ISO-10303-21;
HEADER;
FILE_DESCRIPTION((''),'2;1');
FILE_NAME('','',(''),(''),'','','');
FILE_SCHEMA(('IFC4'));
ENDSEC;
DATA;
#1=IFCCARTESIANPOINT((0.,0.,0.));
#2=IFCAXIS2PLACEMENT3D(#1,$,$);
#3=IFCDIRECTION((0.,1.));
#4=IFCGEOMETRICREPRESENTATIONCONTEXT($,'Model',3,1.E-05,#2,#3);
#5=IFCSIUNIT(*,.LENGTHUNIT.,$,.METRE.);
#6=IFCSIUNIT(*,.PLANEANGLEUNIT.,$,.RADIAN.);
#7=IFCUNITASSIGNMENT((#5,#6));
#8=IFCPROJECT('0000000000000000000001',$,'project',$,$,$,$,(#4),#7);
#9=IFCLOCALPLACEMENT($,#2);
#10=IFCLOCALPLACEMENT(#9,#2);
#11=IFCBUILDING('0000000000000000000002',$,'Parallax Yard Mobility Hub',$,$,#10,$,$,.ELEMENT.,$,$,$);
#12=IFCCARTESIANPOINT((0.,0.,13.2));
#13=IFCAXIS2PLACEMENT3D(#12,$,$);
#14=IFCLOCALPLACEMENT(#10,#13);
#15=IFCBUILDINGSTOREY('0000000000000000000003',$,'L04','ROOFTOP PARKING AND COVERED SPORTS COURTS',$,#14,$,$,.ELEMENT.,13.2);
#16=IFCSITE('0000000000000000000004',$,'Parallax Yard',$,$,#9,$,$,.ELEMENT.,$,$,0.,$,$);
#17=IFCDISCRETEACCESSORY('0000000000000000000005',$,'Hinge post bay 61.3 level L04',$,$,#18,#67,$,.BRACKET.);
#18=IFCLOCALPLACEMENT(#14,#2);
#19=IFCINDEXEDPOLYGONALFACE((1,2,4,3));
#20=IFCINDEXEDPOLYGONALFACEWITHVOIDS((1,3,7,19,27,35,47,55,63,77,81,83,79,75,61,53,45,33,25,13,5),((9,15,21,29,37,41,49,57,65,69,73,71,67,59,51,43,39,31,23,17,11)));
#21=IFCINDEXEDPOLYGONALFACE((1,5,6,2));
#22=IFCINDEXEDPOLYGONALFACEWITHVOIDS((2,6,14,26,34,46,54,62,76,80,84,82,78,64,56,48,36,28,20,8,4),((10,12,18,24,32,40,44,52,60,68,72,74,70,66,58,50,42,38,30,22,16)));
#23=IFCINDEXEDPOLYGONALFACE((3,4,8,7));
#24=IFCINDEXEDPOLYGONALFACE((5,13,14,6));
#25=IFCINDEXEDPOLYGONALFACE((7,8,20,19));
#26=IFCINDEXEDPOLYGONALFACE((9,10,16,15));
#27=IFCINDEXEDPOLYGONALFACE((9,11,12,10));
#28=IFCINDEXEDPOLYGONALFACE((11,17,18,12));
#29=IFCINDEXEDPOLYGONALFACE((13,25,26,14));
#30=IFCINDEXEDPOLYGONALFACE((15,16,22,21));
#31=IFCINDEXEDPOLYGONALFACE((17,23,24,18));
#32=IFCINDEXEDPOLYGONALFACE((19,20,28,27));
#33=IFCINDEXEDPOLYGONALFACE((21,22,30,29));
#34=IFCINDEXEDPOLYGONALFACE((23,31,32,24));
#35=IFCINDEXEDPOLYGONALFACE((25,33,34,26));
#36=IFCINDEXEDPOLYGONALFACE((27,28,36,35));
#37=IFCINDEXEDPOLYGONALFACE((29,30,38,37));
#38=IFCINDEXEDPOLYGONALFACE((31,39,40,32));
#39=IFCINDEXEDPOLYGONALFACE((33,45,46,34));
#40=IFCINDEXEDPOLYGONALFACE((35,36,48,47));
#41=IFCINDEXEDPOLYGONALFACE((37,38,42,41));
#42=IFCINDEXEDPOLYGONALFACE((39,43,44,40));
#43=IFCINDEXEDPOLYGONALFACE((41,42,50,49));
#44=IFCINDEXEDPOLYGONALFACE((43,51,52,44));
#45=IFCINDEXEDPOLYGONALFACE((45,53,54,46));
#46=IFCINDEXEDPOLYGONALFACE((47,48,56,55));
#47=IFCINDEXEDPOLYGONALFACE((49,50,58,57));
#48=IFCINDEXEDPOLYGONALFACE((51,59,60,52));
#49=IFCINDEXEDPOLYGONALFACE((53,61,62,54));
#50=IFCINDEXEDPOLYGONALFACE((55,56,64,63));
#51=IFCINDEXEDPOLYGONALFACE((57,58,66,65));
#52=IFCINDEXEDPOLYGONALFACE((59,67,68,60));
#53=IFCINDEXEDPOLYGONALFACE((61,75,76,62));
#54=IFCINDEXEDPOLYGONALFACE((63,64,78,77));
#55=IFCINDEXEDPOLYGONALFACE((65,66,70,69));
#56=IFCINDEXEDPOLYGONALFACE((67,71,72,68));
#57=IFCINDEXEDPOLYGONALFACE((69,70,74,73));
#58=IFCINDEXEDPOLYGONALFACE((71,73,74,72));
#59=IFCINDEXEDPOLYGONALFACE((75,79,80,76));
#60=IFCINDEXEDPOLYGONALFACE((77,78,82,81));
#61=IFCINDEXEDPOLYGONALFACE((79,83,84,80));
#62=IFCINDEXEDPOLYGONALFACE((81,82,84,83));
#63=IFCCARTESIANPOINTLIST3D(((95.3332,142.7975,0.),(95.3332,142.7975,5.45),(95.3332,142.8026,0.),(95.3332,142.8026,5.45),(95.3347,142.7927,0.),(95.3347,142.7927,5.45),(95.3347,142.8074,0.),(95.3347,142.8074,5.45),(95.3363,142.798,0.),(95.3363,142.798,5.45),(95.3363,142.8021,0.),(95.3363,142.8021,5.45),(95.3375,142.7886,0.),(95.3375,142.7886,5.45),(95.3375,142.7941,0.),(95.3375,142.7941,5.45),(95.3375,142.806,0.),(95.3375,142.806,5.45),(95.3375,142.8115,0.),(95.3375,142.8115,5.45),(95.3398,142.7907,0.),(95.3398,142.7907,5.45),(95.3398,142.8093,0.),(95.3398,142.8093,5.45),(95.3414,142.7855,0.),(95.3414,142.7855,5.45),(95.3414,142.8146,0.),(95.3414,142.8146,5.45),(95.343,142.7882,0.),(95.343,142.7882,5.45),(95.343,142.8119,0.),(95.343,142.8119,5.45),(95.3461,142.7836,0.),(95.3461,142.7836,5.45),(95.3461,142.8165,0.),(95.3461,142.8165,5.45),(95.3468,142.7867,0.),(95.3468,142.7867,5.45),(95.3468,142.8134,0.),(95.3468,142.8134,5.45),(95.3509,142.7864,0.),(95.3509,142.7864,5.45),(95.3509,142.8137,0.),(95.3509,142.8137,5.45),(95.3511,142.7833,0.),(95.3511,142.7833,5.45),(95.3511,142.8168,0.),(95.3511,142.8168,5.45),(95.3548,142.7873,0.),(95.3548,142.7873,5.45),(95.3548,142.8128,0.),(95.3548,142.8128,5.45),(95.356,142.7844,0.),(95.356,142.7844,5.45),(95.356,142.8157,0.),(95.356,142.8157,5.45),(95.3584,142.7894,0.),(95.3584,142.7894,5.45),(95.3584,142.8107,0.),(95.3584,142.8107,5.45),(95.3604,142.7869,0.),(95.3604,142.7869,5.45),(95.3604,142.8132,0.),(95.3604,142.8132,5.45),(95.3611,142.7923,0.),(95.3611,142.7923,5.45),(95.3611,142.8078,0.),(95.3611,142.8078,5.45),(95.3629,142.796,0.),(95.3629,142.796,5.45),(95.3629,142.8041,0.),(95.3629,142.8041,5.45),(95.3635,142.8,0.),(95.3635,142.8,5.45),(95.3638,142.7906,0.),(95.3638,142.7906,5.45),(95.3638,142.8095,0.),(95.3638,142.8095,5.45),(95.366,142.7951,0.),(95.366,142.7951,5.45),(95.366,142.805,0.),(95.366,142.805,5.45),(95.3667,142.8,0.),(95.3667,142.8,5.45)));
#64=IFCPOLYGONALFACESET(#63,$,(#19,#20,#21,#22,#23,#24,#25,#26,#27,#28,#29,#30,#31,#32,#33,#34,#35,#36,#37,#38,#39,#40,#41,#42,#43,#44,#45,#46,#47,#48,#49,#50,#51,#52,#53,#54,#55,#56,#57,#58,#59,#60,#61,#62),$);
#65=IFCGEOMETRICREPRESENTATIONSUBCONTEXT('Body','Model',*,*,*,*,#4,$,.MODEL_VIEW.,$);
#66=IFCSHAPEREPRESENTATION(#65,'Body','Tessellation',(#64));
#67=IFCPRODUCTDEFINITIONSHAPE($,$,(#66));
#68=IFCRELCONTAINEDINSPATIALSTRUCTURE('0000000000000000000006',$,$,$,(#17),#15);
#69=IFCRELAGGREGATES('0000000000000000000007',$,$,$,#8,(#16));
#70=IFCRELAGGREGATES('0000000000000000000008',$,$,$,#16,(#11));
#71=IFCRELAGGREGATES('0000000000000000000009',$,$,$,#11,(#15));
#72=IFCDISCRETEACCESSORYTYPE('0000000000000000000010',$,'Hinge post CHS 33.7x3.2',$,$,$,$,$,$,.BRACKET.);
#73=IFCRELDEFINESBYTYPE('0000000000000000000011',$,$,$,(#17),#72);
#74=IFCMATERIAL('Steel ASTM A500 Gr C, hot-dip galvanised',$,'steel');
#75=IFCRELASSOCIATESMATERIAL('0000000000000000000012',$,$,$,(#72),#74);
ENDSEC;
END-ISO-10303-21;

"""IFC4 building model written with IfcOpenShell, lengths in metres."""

from ifc_helpers import new_model, si_unit, direction, frame, origin, origin_2d, place, context, subcontext, project, spatial, hollow_circle, extrude, material, material_profile, profile_set, type_object, element, save


model = new_model("IFC4")

# Units and contexts
model_context = context("Model", 3, precision=1e-05, world=origin(), true_north=direction((0.0, 1.0)))
body_context = subcontext(model_context, "Body", "Model", "MODEL_VIEW")
ifc_project = project(units=[si_unit("LENGTHUNIT", "METRE"), si_unit("PLANEANGLEUNIT", "RADIAN")], contexts=[model_context])

# Site, building, storey
site_placement = place(None, origin())
site = spatial("IfcSite", under=ifc_project, at=site_placement, Name="Parallax Yard", CompositionType="ELEMENT", RefElevation=0.0)
building_placement = place(site_placement, origin())
building = spatial("IfcBuilding", under=site, at=building_placement, Name="Parallax Yard Mobility Hub", CompositionType="ELEMENT")
storey_placement = place(building_placement, frame((0.0, 0.0, 13.2)))
storey = spatial("IfcBuildingStorey", under=building, at=storey_placement, Name="L04", Description="ROOFTOP PARKING AND COVERED SPORTS COURTS", CompositionType="ELEMENT", Elevation=13.2)

# Discrete accessory
ifc_material_1 = material(Name="Steel ASTM A500 Gr C, hot-dip galvanised", Category="steel")
ifc_material_profile = material_profile(ifc_material_1, hollow_circle(Radius=0.0168, WallThickness=0.0032, at=origin_2d()), Name="CHS 33.7x3.2")
ifc_profile_set = profile_set([ifc_material_profile], Name="Steel ASTM A500 Gr C, hot-dip galvanised")
discrete_accessory_type = type_object("IfcDiscreteAccessoryType", Name="Hinge post CHS 33.7x3.2", PredefinedType="BRACKET", material=ifc_profile_set)
for number, where, z_axis, x_axis, name in (
    (1, (95.3499, 142.8, 0.0), (0.0, 0.0, 1.0), (1.0, 0.0, 0.0), "Hinge post bay 61.3 level L04"),
):
    element("IfcDiscreteAccessory", number, at=place(storey_placement, frame(where, z_axis=z_axis, x_axis=x_axis)), inside=storey, type_object=discrete_accessory_type, Name=name, PredefinedType="BRACKET", context=body_context, shape_type="SweptSolid", body=[
        extrude(hollow_circle(Radius=0.0168, WallThickness=0.0032, at=origin_2d()), origin(), (0.0, 0.0, 1.0), 5.45),
    ])

save(model, "model.ifc")
